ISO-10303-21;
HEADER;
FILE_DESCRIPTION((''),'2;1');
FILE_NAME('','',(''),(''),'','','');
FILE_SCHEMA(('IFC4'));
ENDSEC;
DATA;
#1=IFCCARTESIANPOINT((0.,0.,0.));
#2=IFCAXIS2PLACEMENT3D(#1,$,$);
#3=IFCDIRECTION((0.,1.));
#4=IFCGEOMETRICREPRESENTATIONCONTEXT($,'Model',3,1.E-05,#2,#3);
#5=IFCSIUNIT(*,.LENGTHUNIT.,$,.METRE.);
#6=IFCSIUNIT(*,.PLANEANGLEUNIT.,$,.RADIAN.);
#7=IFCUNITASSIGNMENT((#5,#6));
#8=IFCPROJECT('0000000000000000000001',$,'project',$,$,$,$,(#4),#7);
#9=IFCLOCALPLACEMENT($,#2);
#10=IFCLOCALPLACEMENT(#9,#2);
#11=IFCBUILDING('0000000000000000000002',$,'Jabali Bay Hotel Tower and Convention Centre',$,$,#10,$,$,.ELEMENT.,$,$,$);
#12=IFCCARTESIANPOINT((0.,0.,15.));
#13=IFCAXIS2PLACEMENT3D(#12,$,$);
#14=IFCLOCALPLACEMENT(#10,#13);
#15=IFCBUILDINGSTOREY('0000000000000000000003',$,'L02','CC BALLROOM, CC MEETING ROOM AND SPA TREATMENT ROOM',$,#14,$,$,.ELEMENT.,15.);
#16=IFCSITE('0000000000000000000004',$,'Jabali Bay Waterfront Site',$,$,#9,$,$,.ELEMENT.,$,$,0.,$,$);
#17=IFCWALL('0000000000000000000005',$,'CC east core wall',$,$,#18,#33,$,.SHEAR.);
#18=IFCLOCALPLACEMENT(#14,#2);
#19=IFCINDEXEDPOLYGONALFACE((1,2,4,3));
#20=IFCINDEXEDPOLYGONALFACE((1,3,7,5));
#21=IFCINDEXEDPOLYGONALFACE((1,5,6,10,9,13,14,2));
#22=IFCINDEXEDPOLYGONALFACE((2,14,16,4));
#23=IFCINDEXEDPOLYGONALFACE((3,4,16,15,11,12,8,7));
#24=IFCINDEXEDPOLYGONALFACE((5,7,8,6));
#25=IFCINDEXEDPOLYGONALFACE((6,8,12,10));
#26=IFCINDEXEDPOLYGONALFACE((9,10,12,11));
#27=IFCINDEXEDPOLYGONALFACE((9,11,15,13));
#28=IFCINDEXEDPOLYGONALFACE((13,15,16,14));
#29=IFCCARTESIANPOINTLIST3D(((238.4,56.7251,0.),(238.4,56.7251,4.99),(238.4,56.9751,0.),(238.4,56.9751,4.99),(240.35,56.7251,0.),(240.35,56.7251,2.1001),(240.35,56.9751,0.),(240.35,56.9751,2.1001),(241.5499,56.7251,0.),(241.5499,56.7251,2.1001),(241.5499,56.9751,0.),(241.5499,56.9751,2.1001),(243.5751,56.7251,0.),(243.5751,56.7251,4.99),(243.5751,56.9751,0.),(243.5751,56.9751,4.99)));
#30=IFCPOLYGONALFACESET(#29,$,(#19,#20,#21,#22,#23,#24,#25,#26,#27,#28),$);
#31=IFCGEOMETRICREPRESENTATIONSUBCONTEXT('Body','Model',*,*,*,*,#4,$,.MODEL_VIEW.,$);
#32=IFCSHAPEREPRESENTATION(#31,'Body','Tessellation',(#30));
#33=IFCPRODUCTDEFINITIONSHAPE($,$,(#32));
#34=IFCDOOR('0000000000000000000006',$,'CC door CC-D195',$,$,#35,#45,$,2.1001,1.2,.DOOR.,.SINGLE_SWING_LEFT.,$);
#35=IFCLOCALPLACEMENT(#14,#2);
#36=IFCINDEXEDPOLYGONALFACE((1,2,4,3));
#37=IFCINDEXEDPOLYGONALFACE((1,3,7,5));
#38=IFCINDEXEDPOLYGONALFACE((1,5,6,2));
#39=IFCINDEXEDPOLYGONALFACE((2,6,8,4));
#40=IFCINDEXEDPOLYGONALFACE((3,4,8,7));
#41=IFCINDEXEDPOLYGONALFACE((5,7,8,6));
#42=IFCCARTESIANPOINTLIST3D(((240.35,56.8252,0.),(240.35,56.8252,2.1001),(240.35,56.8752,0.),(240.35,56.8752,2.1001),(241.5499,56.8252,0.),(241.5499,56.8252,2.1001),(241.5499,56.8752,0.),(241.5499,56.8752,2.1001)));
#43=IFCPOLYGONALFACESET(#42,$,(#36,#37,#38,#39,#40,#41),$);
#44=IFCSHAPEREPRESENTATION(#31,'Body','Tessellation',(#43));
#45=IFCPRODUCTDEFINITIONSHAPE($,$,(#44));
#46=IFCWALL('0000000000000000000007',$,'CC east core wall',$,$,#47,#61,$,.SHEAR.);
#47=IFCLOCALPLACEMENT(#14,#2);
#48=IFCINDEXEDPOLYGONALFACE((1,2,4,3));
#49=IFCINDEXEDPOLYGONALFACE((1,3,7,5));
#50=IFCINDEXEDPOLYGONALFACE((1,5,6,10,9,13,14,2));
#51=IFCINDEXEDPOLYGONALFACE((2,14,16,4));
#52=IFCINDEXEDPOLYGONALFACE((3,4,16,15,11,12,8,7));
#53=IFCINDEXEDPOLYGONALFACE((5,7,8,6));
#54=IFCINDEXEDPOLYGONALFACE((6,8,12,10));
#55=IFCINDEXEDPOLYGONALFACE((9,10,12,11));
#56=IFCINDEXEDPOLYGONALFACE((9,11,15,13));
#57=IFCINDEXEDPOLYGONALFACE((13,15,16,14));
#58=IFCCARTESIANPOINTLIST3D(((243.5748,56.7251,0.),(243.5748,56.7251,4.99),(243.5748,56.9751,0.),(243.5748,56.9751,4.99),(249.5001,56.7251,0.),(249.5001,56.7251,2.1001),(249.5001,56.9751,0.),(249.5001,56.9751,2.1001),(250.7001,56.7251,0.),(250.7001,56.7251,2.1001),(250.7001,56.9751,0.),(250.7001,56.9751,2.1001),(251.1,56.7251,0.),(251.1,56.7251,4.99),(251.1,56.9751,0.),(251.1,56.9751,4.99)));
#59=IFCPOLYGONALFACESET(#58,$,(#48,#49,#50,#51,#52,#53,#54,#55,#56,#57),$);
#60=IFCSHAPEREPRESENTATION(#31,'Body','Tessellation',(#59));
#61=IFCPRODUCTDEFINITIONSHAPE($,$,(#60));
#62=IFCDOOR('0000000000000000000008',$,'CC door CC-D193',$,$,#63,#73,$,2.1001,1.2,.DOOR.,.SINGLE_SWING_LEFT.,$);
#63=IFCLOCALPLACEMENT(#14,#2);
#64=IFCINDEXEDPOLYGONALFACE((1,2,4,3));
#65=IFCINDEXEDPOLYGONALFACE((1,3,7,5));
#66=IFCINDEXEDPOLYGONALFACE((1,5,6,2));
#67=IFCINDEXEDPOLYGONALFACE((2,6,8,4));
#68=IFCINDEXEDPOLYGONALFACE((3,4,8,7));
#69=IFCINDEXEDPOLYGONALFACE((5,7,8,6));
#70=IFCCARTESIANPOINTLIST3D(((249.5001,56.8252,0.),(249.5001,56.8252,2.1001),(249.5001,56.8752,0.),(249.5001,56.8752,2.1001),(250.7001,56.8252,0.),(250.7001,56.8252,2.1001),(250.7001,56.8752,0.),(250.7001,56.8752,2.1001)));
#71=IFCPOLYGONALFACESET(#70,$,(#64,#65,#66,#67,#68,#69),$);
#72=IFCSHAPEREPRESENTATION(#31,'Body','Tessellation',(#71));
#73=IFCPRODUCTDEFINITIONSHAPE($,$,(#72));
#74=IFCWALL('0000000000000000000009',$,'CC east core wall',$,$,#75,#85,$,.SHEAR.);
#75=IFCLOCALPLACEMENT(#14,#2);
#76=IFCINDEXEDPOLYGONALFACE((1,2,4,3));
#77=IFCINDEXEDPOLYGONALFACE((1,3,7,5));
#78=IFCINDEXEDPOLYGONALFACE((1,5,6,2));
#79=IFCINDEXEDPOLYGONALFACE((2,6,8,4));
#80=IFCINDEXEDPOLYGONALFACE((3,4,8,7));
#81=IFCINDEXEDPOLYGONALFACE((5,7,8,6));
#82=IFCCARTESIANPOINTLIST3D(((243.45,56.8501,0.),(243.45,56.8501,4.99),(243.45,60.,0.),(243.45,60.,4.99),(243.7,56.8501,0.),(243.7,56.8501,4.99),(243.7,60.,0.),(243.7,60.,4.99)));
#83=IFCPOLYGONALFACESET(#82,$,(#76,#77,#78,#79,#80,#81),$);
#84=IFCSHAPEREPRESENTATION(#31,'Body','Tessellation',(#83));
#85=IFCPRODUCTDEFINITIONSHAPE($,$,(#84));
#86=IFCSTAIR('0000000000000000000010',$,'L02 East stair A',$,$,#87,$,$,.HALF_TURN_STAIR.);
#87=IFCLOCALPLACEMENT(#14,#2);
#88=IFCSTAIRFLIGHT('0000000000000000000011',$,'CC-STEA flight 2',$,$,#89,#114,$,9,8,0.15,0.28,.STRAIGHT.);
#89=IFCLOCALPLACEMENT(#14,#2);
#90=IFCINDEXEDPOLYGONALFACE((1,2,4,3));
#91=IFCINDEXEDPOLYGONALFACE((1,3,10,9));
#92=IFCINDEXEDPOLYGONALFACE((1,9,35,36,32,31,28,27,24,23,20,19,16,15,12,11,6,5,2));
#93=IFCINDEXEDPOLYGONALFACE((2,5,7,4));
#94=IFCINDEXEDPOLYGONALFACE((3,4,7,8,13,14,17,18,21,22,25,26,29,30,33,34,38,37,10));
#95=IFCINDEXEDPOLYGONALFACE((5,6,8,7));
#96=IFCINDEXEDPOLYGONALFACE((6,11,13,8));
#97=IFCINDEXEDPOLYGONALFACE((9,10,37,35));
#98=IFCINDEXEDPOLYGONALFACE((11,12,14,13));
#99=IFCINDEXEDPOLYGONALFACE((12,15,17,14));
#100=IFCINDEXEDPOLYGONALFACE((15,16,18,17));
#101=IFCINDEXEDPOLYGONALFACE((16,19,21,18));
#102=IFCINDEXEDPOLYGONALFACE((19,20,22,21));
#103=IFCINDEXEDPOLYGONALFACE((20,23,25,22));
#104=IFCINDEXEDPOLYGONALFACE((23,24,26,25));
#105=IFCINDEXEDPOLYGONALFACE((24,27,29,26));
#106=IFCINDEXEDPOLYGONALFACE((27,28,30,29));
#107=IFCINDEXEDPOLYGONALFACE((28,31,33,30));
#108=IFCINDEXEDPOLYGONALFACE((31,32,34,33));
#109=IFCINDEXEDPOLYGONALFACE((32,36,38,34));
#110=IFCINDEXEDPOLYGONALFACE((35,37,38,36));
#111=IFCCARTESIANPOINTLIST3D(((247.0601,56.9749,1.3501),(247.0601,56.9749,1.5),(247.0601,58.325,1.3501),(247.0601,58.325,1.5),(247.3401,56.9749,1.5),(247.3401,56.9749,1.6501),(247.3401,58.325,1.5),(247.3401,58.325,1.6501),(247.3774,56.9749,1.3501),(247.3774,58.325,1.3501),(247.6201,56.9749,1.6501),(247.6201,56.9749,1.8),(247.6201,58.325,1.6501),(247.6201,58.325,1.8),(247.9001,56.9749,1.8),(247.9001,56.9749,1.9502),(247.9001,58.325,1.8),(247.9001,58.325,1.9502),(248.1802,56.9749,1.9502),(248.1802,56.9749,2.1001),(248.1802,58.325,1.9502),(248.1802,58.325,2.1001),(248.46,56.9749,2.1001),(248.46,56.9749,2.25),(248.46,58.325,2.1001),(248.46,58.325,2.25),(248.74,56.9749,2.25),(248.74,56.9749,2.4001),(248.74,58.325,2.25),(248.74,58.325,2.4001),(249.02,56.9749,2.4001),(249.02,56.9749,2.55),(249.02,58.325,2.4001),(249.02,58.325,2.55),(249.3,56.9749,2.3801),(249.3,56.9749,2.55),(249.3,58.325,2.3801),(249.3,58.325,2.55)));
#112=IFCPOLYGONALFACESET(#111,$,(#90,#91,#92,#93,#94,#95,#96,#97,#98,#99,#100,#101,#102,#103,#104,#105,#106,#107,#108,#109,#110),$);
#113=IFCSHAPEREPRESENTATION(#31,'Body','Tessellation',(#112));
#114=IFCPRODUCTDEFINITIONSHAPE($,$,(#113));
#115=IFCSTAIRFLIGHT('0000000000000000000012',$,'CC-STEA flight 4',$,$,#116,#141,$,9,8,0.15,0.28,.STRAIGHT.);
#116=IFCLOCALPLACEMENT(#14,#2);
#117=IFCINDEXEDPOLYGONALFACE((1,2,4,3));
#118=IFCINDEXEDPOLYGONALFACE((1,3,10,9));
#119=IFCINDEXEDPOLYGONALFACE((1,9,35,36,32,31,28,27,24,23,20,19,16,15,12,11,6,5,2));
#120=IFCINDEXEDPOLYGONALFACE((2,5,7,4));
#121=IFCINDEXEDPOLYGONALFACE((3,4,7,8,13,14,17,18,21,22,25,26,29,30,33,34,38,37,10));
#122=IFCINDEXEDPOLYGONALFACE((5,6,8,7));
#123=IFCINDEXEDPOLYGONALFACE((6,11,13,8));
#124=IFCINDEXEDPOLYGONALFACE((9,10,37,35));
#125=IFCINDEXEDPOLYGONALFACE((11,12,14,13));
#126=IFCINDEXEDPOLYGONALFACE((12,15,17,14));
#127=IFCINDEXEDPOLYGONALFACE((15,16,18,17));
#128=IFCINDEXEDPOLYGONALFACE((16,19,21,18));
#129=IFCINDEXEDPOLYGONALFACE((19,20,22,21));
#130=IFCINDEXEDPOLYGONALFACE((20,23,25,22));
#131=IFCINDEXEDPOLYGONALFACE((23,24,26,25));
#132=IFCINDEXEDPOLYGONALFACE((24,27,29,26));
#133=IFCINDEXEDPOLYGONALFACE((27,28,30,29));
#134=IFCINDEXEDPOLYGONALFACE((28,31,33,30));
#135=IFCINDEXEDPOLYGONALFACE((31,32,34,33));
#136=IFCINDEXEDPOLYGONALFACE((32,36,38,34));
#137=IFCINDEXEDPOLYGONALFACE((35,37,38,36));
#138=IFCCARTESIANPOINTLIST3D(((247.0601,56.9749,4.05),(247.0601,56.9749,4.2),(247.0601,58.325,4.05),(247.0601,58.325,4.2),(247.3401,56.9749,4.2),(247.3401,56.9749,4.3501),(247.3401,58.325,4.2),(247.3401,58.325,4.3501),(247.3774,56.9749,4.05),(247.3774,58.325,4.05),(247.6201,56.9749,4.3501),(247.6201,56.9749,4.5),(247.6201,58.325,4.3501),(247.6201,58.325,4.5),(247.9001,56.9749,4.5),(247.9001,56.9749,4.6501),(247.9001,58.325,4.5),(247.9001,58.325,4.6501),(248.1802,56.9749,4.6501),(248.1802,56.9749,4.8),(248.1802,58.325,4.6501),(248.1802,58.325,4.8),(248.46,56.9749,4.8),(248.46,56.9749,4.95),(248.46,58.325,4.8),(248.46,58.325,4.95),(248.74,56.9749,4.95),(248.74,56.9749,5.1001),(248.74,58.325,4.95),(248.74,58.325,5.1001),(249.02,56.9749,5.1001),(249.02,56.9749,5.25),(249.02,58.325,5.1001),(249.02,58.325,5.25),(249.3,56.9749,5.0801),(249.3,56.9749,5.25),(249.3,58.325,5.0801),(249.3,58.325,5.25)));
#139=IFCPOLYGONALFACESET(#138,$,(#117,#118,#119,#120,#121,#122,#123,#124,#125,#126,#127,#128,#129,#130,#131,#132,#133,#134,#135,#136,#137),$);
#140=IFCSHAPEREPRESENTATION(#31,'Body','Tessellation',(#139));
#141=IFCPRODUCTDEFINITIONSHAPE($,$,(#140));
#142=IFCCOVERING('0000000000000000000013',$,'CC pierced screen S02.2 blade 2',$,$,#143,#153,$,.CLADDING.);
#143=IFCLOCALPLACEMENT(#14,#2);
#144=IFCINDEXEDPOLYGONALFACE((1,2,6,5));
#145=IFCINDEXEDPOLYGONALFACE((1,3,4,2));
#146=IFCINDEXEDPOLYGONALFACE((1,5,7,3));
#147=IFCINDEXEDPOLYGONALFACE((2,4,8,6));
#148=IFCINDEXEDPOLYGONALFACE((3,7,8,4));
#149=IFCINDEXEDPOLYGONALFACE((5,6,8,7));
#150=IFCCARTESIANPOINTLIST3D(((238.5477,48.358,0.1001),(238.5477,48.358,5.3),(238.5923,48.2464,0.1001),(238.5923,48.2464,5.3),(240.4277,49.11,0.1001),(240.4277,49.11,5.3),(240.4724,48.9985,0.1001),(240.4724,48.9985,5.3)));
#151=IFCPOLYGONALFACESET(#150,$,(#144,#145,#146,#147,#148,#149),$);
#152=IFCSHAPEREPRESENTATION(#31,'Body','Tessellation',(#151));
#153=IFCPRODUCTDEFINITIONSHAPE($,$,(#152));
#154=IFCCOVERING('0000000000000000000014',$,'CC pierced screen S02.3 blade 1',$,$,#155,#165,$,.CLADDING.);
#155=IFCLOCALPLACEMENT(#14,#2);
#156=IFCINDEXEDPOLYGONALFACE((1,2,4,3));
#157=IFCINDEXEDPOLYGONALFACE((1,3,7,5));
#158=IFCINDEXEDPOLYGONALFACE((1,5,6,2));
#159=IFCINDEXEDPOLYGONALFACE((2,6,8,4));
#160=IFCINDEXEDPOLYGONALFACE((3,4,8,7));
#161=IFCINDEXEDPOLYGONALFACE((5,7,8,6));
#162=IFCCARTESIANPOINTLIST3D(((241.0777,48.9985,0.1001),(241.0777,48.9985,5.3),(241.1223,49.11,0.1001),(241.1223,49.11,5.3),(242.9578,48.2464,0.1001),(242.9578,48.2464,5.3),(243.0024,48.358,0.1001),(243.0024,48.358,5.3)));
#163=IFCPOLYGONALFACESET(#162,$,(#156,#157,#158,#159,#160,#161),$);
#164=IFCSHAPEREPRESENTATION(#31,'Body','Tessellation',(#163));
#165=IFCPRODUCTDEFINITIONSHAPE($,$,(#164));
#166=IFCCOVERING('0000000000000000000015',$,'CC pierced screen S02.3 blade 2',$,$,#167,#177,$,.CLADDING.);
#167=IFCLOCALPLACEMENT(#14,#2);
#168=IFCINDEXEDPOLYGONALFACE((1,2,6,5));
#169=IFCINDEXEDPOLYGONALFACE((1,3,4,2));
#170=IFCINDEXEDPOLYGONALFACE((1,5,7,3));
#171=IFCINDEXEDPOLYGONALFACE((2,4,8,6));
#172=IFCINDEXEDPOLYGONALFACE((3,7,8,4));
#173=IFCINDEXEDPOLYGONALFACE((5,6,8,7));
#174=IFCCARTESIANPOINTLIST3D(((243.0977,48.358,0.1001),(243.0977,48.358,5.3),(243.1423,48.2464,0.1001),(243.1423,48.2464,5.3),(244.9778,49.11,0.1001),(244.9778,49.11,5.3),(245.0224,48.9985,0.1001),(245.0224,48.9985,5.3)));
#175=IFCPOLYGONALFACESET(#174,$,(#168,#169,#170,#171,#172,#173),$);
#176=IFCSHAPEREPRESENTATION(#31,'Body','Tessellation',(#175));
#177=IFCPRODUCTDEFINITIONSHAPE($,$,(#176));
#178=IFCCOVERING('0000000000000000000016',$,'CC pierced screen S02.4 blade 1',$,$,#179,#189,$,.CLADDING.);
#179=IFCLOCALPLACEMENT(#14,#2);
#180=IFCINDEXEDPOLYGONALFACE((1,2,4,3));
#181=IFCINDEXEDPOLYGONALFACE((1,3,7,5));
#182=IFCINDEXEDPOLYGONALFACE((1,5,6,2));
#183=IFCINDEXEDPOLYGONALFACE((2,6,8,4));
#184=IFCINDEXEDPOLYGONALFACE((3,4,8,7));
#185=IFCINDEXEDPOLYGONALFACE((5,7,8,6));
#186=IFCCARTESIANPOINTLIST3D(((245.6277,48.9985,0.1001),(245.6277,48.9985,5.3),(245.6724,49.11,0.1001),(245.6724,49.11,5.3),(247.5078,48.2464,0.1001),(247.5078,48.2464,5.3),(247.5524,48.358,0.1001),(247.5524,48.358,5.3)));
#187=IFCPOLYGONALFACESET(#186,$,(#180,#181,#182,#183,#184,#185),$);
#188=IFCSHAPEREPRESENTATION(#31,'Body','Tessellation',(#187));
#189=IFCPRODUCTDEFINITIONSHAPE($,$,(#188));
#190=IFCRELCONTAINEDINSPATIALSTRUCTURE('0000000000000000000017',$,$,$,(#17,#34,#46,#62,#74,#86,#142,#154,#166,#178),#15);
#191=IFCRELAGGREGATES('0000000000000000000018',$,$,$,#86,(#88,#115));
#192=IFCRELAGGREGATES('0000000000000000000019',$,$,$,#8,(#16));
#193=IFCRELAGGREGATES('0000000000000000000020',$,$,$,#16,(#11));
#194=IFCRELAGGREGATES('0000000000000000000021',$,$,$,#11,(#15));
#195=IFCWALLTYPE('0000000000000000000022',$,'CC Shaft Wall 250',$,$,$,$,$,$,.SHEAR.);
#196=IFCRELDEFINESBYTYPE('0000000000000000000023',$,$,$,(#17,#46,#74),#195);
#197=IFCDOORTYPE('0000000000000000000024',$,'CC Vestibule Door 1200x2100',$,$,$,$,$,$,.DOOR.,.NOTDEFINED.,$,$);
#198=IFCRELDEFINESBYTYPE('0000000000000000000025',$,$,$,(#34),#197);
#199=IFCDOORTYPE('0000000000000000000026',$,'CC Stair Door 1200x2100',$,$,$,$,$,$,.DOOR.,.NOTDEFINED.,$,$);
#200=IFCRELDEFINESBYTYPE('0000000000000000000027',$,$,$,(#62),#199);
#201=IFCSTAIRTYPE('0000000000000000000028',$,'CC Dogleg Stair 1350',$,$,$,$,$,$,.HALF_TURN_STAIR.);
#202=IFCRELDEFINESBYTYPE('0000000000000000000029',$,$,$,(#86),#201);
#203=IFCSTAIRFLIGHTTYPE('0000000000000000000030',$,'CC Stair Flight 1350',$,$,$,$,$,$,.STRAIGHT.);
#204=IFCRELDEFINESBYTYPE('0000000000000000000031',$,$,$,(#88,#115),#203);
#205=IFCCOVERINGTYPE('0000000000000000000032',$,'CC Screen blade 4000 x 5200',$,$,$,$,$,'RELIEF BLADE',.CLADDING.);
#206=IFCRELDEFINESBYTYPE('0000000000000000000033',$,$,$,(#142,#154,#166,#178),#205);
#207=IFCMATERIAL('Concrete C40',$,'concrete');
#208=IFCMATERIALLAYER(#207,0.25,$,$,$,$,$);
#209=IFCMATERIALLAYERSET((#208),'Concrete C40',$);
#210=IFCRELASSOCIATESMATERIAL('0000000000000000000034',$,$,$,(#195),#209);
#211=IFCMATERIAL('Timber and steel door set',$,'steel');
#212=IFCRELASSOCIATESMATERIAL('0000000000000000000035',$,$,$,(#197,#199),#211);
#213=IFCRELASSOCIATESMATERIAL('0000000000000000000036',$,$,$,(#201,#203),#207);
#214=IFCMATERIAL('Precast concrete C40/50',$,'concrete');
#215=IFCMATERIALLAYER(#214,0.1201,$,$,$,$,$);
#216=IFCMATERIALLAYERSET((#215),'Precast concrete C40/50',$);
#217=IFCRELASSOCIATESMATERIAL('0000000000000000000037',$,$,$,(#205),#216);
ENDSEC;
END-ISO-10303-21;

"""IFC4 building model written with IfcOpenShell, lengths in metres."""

from ifc_helpers import new_model, si_unit, direction, frame, frame_2d, origin, origin_2d, place, context, subcontext, project, spatial, polyline, rectangle, outline, extrude, material, layer, layer_set, type_object, element, fill, aggregate, save


model = new_model("IFC4")

# Units and contexts
model_context = context("Model", 3, precision=1e-05, world=origin(), true_north=direction((0.0, 1.0)))
body_context = subcontext(model_context, "Body", "Model", "MODEL_VIEW")
ifc_project = project(units=[si_unit("LENGTHUNIT", "METRE"), si_unit("PLANEANGLEUNIT", "RADIAN")], contexts=[model_context])

# Site, building, storey
site_placement = place(None, origin())
site = spatial("IfcSite", under=ifc_project, at=site_placement, Name="Jabali Bay Waterfront Site", CompositionType="ELEMENT", RefElevation=0.0)
building_placement = place(site_placement, origin())
building = spatial("IfcBuilding", under=site, at=building_placement, Name="Jabali Bay Hotel Tower and Convention Centre", CompositionType="ELEMENT")
storey_placement = place(building_placement, frame((0.0, 0.0, 15.0)))
storey = spatial("IfcBuildingStorey", under=building, at=storey_placement, Name="L02", Description="CC BALLROOM, CC MEETING ROOM AND SPA TREATMENT ROOM", CompositionType="ELEMENT", Elevation=15.0)

# Shared definitions
ifc_material_1 = material(Name="Precast concrete C40/50", Category="concrete")

# Shared definitions
ifc_material_2 = material(Name="Concrete C40", Category="concrete")

# Walls, openings, doors
ifc_material_3 = material(Name="Timber and steel door set", Category="steel")
ifc_layer_1 = layer(ifc_material_2, 0.25)
ifc_layer_set_1 = layer_set([ifc_layer_1], Name="Concrete C40")
wall_type_1 = type_object("IfcWallType", Name="CC Shaft Wall 250", PredefinedType="SHEAR", material=ifc_layer_set_1)
wall_1_placement = place(storey_placement, frame((243.575, 56.8501, 0.0), z_axis=(0.0, 0.0, 1.0), x_axis=(-1.0, 0.0, 0.0)))
wall_1 = element("IfcWall", 1, at=wall_1_placement, inside=storey, type_object=wall_type_1, Name="CC east core wall", PredefinedType="SHEAR", context=body_context, shape_type="SweptSolid", body=[
    extrude(rectangle(XDim=5.175, YDim=0.25, at=frame_2d((2.5874, 0.0))), origin(), (0.0, 0.0, 1.0), 4.99),
])
opening_1_placement = place(wall_1_placement, frame((2.0249, 0.0, 0.0)))
opening_1 = element("IfcOpeningElement", 2, at=opening_1_placement, cuts=wall_1, PredefinedType="OPENING", context=body_context, shape_type="SweptSolid", body=[
    extrude(rectangle(XDim=1.2, YDim=2.1001, at=frame_2d((0.6001, 1.05))), frame((0.0, 0.1355, 0.0), z_axis=(0.0, -1.0, 0.0), x_axis=(1.0, 0.0, 0.0)), (0.0, 0.0, 1.0), 0.271),
])
door_type_1 = type_object("IfcDoorType", Name="CC Vestibule Door 1200x2100", OperationType="NOTDEFINED", PredefinedType="DOOR", material=ifc_material_3)
door_1_placement = place(opening_1_placement, origin())
door_1 = element("IfcDoor", 3, at=door_1_placement, inside=storey, type_object=door_type_1, Name="CC door CC-D195", OperationType="SINGLE_SWING_LEFT", OverallHeight=2.1001, OverallWidth=1.2, PredefinedType="DOOR", context=body_context, shape_type="SweptSolid", body=[
    extrude(rectangle(XDim=1.2, YDim=2.1001, at=frame_2d((0.6001, 1.05))), frame((0.0, 0.0249, 0.0), z_axis=(0.0, -1.0, 0.0), x_axis=(1.0, 0.0, 0.0)), (0.0, 0.0, 1.0), 0.05),
])
fill(opening_1, door_1)
wall_2_placement = place(storey_placement, frame((251.1001, 56.8501, 0.0), z_axis=(0.0, 0.0, 1.0), x_axis=(-1.0, 0.0, 0.0)))
wall_2 = element("IfcWall", 4, at=wall_2_placement, inside=storey, type_object=wall_type_1, Name="CC east core wall", PredefinedType="SHEAR", context=body_context, shape_type="SweptSolid", body=[
    extrude(rectangle(XDim=7.5251, YDim=0.25, at=frame_2d((3.7627, 0.0))), origin(), (0.0, 0.0, 1.0), 4.99),
])
opening_2_placement = place(wall_2_placement, frame((0.3999, 0.0, 0.0)))
opening_2 = element("IfcOpeningElement", 5, at=opening_2_placement, cuts=wall_2, PredefinedType="OPENING", context=body_context, shape_type="SweptSolid", body=[
    extrude(rectangle(XDim=1.2, YDim=2.1001, at=frame_2d((0.6001, 1.05))), frame((0.0, 0.1355, 0.0), z_axis=(0.0, -1.0, 0.0), x_axis=(1.0, 0.0, 0.0)), (0.0, 0.0, 1.0), 0.271),
])
door_type_2 = type_object("IfcDoorType", Name="CC Stair Door 1200x2100", OperationType="NOTDEFINED", PredefinedType="DOOR", material=ifc_material_3)
door_2_placement = place(opening_2_placement, origin())
door_2 = element("IfcDoor", 6, at=door_2_placement, inside=storey, type_object=door_type_2, Name="CC door CC-D193", OperationType="SINGLE_SWING_LEFT", OverallHeight=2.1001, OverallWidth=1.2, PredefinedType="DOOR", context=body_context, shape_type="SweptSolid", body=[
    extrude(rectangle(XDim=1.2, YDim=2.1001, at=frame_2d((0.6001, 1.05))), frame((0.0, 0.0249, 0.0), z_axis=(0.0, -1.0, 0.0), x_axis=(1.0, 0.0, 0.0)), (0.0, 0.0, 1.0), 0.05),
])
fill(opening_2, door_2)

# Wall
wall_3_placement = place(storey_placement, frame((243.575, 56.8501, 0.0), z_axis=(0.0, 0.0, 1.0), x_axis=(0.0, 1.0, 0.0)))
element("IfcWall", 7, at=wall_3_placement, inside=storey, type_object=wall_type_1, Name="CC east core wall", PredefinedType="SHEAR", context=body_context, shape_type="SweptSolid", body=[
    extrude(rectangle(XDim=3.1499, YDim=0.25, at=frame_2d((1.575, 0.0))), origin(), (0.0, 0.0, 1.0), 4.99),
])

# Stair, stair flights
stair_type = type_object("IfcStairType", Name="CC Dogleg Stair 1350", PredefinedType="HALF_TURN_STAIR", material=ifc_material_2)
stair_placement = place(storey_placement, origin())
stair = element("IfcStair", 8, at=stair_placement, inside=storey, type_object=stair_type, Name="L02 East stair A", PredefinedType="HALF_TURN_STAIR")
stair_flight_type = type_object("IfcStairFlightType", Name="CC Stair Flight 1350", PredefinedType="STRAIGHT", material=ifc_material_2)
stair_flight_1_placement = place(storey_placement, frame((247.0601, 57.6499, 1.3501), z_axis=(0.0, 0.0, 1.0), x_axis=(1.0, 0.0, 0.0)))
stair_flight_1 = element("IfcStairFlight", 9, at=stair_flight_1_placement, type_object=stair_flight_type, Name="CC-STEA flight 2", NumberOfRisers=9, NumberOfTreads=8, PredefinedType="STRAIGHT", RiserHeight=0.15, TreadLength=0.28, context=body_context, shape_type="SweptSolid", body=[
    extrude(outline(polyline([(0.0, 0.0), (0.0, 0.1499), (0.28, 0.1499), (0.28, 0.3), (0.5601, 0.3), (0.5601, 0.45), (0.8401, 0.45), (0.8401, 0.6001), (1.1201, 0.6001), (1.1201, 0.75), (1.3999, 0.75), (1.3999, 0.8999), (1.6799, 0.8999), (1.6799, 1.05), (1.96, 1.05), (1.96, 1.2), (2.24, 1.2), (2.24, 1.3501), (2.24, 1.03), (0.3174, 0.0), (0.0, 0.0)])), frame((0.0, 0.675, 0.0), z_axis=(0.0, -1.0, 0.0), x_axis=(1.0, 0.0, 0.0)), (0.0, 0.0, 1.0), 1.3501),
])
stair_flight_2_placement = place(storey_placement, frame((247.0601, 57.6499, 4.05), z_axis=(0.0, 0.0, 1.0), x_axis=(1.0, 0.0, 0.0)))
stair_flight_2 = element("IfcStairFlight", 10, at=stair_flight_2_placement, type_object=stair_flight_type, Name="CC-STEA flight 4", NumberOfRisers=9, NumberOfTreads=8, PredefinedType="STRAIGHT", RiserHeight=0.15, TreadLength=0.28, context=body_context, shape_type="SweptSolid", body=[
    extrude(outline(polyline([(0.0, 0.0), (0.0, 0.1499), (0.28, 0.1499), (0.28, 0.3), (0.5601, 0.3), (0.5601, 0.45), (0.8401, 0.45), (0.8401, 0.6001), (1.1201, 0.6001), (1.1201, 0.75), (1.3999, 0.75), (1.3999, 0.8999), (1.6799, 0.8999), (1.6799, 1.05), (1.96, 1.05), (1.96, 1.2), (2.24, 1.2), (2.24, 1.3501), (2.24, 1.03), (0.3174, 0.0), (0.0, 0.0)])), frame((0.0, 0.675, 0.0), z_axis=(0.0, -1.0, 0.0), x_axis=(1.0, 0.0, 0.0)), (0.0, 0.0, 1.0), 1.3501),
])
aggregate(stair, [stair_flight_1, stair_flight_2])

# Coverings
ifc_layer_2 = layer(ifc_material_1, 0.1201)
ifc_layer_set_2 = layer_set([ifc_layer_2], Name="Precast concrete C40/50")
covering_type = type_object("IfcCoveringType", Name="CC Screen blade 4000 x 5200", ElementType="RELIEF BLADE", PredefinedType="CLADDING", material=ifc_layer_set_2)
for number, where, z_axis, x_axis, name in (
    (11, (239.51, 48.6782, 0.1001), (0.0, 0.0, 1.0), (-0.928477, -0.371391, 0.0), "CC pierced screen S02.2 blade 2"),
    (12, (242.04, 48.6782, 0.1001), (0.0, 0.0, 1.0), (0.928477, -0.371391, 0.0), "CC pierced screen S02.3 blade 1"),
    (13, (244.0601, 48.6782, 0.1001), (0.0, 0.0, 1.0), (-0.928477, -0.371391, 0.0), "CC pierced screen S02.3 blade 2"),
    (14, (246.5901, 48.6782, 0.1001), (0.0, 0.0, 1.0), (0.928477, -0.371391, 0.0), "CC pierced screen S02.4 blade 1"),
):
    element("IfcCovering", number, at=place(storey_placement, frame(where, z_axis=z_axis, x_axis=x_axis)), inside=storey, type_object=covering_type, Name=name, PredefinedType="CLADDING", context=body_context, shape_type="SweptSolid", body=[
        extrude(rectangle(XDim=2.0249, YDim=0.1201, at=origin_2d()), origin(), (0.0, 0.0, 1.0), 5.2),
    ])

save(model, "model.ifc")
